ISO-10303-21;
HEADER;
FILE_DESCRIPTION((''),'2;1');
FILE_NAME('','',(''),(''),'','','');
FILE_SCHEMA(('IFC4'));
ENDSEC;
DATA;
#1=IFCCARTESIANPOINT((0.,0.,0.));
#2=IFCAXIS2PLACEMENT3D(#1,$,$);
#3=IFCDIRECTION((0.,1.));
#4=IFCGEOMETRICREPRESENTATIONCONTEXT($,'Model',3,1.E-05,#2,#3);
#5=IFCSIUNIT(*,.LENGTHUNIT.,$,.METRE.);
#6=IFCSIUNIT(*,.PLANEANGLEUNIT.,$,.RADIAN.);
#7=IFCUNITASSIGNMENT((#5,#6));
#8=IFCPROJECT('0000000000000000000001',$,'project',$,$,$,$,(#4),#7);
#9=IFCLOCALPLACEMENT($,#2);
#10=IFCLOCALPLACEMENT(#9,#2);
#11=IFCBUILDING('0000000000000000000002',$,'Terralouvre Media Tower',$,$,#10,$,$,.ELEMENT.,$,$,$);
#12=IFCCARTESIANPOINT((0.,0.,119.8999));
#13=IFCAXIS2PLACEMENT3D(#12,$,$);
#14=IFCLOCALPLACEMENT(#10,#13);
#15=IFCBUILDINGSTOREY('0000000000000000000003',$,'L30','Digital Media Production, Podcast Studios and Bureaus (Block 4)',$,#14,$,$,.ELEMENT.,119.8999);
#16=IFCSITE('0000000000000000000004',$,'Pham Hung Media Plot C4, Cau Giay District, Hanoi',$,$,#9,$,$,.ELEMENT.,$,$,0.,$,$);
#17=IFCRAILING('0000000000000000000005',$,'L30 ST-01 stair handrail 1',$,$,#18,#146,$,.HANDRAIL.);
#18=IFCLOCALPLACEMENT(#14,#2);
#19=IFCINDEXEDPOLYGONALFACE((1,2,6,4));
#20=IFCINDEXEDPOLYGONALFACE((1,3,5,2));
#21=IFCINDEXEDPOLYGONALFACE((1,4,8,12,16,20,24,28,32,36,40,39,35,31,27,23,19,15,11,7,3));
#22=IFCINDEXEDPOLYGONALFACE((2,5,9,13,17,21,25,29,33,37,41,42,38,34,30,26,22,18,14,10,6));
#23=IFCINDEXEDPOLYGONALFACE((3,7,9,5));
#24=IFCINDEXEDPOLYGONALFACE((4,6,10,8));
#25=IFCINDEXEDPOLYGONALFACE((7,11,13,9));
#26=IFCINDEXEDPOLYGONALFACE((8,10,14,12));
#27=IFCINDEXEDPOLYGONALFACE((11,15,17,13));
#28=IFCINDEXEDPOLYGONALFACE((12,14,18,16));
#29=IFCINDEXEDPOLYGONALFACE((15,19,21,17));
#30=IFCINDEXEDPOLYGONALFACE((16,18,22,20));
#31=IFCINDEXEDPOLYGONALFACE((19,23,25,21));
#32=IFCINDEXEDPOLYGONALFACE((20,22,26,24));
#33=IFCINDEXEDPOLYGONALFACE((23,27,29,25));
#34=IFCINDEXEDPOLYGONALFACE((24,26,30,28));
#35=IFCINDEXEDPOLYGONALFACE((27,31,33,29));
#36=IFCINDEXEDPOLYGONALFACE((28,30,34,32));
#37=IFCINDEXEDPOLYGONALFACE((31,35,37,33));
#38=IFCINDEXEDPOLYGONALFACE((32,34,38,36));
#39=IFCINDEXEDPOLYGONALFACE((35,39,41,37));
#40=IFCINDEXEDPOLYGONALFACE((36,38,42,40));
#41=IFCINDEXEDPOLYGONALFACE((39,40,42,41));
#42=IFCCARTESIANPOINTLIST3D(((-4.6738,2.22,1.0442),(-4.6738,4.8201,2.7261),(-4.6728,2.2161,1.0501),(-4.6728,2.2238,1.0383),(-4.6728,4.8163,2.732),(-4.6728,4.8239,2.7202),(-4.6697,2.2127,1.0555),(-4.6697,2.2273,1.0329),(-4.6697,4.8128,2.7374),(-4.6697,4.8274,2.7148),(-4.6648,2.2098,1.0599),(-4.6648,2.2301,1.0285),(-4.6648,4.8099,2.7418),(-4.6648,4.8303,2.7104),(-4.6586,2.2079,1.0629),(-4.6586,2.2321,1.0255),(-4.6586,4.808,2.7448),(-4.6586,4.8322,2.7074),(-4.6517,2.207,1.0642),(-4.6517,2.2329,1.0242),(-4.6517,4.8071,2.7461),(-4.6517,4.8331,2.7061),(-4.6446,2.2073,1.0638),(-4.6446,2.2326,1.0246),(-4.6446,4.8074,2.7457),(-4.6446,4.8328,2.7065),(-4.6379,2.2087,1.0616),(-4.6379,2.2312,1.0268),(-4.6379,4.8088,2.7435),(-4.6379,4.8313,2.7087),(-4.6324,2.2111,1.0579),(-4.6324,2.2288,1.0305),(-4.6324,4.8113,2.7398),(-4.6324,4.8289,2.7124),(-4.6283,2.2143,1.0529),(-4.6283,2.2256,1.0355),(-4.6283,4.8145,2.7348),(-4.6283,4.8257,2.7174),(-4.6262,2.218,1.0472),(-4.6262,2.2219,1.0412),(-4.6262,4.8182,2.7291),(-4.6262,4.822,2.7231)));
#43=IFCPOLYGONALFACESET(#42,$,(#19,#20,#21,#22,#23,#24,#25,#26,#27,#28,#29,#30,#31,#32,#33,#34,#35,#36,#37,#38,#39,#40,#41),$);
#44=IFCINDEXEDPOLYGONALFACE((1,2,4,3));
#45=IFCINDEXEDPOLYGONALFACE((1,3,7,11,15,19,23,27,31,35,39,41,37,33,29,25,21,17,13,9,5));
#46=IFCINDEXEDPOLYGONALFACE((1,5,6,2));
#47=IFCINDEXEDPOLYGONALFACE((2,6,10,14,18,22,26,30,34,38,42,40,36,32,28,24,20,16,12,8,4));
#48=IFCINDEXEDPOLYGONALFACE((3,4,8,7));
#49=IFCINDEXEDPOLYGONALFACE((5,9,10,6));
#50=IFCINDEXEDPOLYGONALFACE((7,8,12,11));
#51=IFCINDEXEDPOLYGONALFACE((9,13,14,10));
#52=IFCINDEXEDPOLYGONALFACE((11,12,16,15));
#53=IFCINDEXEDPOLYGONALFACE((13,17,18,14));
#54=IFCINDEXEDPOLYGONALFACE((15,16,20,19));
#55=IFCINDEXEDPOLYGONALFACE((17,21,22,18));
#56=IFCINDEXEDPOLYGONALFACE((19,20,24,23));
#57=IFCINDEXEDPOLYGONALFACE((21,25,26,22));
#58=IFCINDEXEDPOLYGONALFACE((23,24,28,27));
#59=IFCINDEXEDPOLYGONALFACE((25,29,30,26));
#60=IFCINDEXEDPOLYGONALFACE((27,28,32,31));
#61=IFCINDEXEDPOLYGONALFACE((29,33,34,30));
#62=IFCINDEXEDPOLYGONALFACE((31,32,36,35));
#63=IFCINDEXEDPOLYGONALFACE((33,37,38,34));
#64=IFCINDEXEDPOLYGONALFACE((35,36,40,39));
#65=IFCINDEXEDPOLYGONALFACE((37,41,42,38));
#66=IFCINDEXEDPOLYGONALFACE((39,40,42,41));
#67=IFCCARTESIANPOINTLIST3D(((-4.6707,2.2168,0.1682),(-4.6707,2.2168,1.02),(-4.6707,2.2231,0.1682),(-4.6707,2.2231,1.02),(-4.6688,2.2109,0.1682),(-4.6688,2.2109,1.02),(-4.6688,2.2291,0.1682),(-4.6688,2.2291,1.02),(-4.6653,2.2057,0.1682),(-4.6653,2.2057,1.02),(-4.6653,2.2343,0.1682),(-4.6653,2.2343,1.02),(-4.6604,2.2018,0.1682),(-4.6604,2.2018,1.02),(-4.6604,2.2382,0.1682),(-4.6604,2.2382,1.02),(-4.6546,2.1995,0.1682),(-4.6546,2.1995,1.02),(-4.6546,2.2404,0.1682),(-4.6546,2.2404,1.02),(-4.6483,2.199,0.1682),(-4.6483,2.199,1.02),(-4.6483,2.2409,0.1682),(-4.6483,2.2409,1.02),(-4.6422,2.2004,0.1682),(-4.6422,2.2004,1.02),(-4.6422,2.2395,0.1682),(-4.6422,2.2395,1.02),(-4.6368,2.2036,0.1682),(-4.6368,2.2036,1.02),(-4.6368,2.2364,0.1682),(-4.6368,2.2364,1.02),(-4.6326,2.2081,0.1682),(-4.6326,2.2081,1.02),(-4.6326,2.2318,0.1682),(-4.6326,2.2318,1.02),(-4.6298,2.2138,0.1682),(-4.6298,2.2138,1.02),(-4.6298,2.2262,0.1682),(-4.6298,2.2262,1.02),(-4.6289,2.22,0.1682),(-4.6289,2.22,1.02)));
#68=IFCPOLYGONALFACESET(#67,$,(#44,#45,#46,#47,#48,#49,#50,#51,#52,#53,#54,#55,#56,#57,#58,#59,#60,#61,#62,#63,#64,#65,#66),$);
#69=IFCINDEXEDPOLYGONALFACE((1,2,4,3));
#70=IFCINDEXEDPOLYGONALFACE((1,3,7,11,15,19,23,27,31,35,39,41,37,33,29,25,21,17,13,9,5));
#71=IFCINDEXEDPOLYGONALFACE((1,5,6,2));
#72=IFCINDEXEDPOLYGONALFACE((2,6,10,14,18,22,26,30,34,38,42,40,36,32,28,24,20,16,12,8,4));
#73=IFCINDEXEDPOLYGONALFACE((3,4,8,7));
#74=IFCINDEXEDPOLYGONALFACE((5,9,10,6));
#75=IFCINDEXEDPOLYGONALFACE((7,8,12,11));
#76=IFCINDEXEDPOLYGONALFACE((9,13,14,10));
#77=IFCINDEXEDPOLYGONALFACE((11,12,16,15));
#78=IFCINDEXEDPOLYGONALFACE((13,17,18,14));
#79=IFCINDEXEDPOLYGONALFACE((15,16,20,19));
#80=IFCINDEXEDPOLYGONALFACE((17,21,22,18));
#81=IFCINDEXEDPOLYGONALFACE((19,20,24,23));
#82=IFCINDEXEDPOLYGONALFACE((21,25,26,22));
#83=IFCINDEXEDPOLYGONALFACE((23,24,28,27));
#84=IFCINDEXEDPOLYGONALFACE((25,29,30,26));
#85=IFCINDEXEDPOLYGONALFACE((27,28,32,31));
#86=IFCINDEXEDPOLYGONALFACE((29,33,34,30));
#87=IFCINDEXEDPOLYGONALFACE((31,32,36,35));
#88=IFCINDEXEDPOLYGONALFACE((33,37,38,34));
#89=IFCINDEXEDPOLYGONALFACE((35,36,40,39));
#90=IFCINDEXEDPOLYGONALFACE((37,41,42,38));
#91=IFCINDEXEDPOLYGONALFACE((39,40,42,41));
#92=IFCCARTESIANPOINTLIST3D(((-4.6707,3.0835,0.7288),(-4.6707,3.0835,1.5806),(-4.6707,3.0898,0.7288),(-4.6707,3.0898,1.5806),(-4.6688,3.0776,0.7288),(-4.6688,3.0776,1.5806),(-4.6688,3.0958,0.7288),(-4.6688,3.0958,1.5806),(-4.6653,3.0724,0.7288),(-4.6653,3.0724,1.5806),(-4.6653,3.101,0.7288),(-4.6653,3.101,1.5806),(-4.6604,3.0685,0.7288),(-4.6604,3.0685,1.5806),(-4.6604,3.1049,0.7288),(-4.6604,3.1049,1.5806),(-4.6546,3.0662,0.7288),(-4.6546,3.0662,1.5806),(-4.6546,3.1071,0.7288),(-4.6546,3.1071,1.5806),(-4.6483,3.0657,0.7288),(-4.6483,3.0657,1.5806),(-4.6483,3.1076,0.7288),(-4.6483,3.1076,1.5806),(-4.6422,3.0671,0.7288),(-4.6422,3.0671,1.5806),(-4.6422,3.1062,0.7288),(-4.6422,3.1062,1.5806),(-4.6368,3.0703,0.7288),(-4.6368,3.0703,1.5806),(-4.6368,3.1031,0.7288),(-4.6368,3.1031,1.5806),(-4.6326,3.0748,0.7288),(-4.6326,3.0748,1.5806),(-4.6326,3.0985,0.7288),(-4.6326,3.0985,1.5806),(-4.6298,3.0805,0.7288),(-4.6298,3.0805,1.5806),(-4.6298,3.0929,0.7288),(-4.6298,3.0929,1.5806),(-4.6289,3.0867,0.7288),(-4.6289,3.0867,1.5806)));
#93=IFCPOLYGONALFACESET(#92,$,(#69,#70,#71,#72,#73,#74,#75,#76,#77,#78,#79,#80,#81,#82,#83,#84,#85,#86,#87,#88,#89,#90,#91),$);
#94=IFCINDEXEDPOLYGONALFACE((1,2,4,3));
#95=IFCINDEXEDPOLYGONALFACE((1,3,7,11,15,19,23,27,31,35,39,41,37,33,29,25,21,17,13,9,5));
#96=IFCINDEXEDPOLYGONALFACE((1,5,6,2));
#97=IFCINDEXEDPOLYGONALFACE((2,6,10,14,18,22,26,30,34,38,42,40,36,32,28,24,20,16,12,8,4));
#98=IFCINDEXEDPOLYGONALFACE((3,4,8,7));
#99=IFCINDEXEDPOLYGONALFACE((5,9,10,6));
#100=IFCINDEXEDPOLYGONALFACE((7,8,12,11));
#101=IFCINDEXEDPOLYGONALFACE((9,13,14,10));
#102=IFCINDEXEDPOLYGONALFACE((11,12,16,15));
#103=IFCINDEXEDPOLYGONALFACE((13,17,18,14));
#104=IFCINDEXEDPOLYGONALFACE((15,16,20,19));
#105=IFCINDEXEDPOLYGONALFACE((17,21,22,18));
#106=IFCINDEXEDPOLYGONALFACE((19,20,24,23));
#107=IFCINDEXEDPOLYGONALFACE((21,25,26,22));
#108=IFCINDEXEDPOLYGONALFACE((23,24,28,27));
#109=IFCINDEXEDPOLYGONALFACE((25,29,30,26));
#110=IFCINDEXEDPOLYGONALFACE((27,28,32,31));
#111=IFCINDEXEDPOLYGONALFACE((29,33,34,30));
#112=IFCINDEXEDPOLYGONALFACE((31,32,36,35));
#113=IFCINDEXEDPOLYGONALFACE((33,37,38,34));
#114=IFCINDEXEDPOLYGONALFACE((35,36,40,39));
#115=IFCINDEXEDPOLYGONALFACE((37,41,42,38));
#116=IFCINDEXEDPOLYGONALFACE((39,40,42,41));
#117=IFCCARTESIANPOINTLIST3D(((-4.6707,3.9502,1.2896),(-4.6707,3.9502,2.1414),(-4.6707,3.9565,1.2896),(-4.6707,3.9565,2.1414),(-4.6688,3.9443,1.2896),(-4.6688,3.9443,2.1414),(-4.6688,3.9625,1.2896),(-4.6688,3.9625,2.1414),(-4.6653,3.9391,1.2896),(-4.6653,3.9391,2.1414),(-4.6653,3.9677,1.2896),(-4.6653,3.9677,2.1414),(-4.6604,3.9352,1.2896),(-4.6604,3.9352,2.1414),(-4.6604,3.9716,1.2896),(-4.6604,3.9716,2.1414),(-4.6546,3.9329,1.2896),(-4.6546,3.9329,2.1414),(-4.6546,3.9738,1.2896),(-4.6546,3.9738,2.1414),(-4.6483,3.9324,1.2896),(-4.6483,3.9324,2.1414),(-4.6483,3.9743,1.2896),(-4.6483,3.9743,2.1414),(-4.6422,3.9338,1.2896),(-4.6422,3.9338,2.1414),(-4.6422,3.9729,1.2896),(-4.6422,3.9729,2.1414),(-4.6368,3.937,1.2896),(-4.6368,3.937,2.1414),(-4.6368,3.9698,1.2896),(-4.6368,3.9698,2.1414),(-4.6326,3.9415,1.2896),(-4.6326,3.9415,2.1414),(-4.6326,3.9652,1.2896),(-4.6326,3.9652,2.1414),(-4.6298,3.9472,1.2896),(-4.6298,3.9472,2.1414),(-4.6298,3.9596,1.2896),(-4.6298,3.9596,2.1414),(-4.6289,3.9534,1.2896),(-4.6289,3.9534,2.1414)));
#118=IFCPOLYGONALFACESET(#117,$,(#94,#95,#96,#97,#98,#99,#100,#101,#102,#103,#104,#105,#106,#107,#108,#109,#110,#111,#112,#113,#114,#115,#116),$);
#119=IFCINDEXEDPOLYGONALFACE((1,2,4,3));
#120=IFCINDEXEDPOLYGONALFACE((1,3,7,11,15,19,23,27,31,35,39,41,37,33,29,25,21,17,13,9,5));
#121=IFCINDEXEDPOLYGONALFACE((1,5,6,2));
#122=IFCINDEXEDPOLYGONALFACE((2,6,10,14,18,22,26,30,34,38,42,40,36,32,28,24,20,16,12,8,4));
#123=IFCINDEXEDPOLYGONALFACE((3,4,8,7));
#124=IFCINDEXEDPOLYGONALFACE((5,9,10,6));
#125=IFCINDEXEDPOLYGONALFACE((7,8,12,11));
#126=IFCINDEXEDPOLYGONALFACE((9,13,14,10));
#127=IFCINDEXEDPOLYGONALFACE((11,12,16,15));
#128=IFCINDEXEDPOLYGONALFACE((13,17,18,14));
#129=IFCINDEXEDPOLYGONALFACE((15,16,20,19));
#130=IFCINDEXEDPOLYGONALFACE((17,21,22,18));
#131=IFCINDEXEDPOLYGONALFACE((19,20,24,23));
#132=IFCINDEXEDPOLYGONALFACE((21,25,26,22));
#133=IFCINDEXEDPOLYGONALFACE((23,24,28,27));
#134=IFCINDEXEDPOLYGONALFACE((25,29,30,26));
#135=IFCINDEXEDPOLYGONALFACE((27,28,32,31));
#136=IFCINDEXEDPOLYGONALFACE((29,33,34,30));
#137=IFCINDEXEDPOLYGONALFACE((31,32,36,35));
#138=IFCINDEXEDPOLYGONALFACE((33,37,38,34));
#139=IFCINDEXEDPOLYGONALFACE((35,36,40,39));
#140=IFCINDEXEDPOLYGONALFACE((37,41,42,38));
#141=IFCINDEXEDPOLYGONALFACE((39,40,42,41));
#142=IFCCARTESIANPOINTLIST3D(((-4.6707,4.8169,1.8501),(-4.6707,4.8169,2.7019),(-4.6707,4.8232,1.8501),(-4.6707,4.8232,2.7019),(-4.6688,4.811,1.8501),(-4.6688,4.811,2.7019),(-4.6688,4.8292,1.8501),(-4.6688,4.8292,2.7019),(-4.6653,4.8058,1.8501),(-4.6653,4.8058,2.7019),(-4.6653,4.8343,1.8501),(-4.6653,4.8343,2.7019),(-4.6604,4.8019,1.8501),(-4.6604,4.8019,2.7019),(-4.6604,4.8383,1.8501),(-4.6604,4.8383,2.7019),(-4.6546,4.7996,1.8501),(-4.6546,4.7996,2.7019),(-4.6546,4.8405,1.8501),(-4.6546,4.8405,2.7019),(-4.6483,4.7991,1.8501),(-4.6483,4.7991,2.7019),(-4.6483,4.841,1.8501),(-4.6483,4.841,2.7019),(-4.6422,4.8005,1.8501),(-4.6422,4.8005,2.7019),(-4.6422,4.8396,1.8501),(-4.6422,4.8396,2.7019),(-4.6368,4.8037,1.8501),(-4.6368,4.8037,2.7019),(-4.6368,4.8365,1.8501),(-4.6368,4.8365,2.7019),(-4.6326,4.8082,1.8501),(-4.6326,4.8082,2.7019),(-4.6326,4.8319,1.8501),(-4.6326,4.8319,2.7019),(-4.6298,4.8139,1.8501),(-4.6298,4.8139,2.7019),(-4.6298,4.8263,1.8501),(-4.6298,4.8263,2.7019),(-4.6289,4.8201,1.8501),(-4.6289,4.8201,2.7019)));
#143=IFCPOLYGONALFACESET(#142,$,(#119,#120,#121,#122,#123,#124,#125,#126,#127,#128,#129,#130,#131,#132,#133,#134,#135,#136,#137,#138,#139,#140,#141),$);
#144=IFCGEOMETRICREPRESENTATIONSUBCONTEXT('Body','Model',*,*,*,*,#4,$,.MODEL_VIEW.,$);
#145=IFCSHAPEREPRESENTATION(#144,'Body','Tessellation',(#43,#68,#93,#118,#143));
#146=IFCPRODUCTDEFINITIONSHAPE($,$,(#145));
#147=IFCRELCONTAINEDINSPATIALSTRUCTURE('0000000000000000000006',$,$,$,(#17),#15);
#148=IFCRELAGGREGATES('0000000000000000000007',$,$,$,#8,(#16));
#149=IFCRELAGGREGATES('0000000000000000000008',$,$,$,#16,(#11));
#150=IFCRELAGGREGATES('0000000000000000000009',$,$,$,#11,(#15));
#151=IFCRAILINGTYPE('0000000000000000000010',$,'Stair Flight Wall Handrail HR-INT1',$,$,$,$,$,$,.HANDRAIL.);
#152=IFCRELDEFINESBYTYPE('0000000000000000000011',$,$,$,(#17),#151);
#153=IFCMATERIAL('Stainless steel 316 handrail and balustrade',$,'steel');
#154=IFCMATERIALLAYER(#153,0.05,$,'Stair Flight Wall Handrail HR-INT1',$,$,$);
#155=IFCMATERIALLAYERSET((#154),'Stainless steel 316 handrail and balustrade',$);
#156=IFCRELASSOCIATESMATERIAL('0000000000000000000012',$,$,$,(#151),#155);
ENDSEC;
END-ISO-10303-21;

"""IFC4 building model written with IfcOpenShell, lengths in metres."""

from ifc_helpers import new_model, si_unit, direction, frame, origin, origin_2d, place, context, subcontext, project, spatial, circle, extrude, material, layer, layer_set, type_object, element, save


model = new_model("IFC4")

# Units and contexts
model_context = context("Model", 3, precision=1e-05, world=origin(), true_north=direction((0.0, 1.0)))
body_context = subcontext(model_context, "Body", "Model", "MODEL_VIEW")
ifc_project = project(units=[si_unit("LENGTHUNIT", "METRE"), si_unit("PLANEANGLEUNIT", "RADIAN")], contexts=[model_context])

# Site, building, storey
site_placement = place(None, origin())
site = spatial("IfcSite", under=ifc_project, at=site_placement, Name="Pham Hung Media Plot C4, Cau Giay District, Hanoi", CompositionType="ELEMENT", RefElevation=0.0)
building_placement = place(site_placement, origin())
building = spatial("IfcBuilding", under=site, at=building_placement, Name="Terralouvre Media Tower", CompositionType="ELEMENT")
storey_placement = place(building_placement, frame((0.0, 0.0, 119.8999)))
storey = spatial("IfcBuildingStorey", under=building, at=storey_placement, Name="L30", Description="Digital Media Production, Podcast Studios and Bureaus (Block 4)", CompositionType="ELEMENT", Elevation=119.8999)

# Railing
ifc_material_1 = material(Name="Stainless steel 316 handrail and balustrade", Category="steel")
ifc_layer_1 = layer(ifc_material_1, 0.05, Name="Stair Flight Wall Handrail HR-INT1")
ifc_layer_set_1 = layer_set([ifc_layer_1], Name="Stainless steel 316 handrail and balustrade")
railing_type_1 = type_object("IfcRailingType", Name="Stair Flight Wall Handrail HR-INT1", PredefinedType="HANDRAIL", material=ifc_layer_set_1)
railing_1_placement = place(storey_placement, frame((-4.6499, 2.22, 0.1682)))
element("IfcRailing", 1, at=railing_1_placement, inside=storey, type_object=railing_type_1, Name="L30 ST-01 stair handrail 1", PredefinedType="HANDRAIL", context=body_context, shape_type="SweptSolid", body=[
    extrude(circle(Radius=0.0239, at=origin_2d()), frame((0.0, 0.0, 0.876), z_axis=(0.0, 0.839648, 0.54313), x_axis=(-1.0, 0.0, 0.0)), (0.0, 0.0, 1.0), 3.0967),
    extrude(circle(Radius=0.021, at=origin_2d()), origin(), (0.0, 0.0, 1.0), 0.8518),
    extrude(circle(Radius=0.021, at=origin_2d()), frame((0.0, 0.8667, 0.5605)), (0.0, 0.0, 1.0), 0.8518),
    extrude(circle(Radius=0.021, at=origin_2d()), frame((0.0, 1.7334, 1.1213)), (0.0, 0.0, 1.0), 0.8518),
    extrude(circle(Radius=0.021, at=origin_2d()), frame((0.0, 2.6001, 1.6819)), (0.0, 0.0, 1.0), 0.8518),
])

save(model, "model.ifc")
